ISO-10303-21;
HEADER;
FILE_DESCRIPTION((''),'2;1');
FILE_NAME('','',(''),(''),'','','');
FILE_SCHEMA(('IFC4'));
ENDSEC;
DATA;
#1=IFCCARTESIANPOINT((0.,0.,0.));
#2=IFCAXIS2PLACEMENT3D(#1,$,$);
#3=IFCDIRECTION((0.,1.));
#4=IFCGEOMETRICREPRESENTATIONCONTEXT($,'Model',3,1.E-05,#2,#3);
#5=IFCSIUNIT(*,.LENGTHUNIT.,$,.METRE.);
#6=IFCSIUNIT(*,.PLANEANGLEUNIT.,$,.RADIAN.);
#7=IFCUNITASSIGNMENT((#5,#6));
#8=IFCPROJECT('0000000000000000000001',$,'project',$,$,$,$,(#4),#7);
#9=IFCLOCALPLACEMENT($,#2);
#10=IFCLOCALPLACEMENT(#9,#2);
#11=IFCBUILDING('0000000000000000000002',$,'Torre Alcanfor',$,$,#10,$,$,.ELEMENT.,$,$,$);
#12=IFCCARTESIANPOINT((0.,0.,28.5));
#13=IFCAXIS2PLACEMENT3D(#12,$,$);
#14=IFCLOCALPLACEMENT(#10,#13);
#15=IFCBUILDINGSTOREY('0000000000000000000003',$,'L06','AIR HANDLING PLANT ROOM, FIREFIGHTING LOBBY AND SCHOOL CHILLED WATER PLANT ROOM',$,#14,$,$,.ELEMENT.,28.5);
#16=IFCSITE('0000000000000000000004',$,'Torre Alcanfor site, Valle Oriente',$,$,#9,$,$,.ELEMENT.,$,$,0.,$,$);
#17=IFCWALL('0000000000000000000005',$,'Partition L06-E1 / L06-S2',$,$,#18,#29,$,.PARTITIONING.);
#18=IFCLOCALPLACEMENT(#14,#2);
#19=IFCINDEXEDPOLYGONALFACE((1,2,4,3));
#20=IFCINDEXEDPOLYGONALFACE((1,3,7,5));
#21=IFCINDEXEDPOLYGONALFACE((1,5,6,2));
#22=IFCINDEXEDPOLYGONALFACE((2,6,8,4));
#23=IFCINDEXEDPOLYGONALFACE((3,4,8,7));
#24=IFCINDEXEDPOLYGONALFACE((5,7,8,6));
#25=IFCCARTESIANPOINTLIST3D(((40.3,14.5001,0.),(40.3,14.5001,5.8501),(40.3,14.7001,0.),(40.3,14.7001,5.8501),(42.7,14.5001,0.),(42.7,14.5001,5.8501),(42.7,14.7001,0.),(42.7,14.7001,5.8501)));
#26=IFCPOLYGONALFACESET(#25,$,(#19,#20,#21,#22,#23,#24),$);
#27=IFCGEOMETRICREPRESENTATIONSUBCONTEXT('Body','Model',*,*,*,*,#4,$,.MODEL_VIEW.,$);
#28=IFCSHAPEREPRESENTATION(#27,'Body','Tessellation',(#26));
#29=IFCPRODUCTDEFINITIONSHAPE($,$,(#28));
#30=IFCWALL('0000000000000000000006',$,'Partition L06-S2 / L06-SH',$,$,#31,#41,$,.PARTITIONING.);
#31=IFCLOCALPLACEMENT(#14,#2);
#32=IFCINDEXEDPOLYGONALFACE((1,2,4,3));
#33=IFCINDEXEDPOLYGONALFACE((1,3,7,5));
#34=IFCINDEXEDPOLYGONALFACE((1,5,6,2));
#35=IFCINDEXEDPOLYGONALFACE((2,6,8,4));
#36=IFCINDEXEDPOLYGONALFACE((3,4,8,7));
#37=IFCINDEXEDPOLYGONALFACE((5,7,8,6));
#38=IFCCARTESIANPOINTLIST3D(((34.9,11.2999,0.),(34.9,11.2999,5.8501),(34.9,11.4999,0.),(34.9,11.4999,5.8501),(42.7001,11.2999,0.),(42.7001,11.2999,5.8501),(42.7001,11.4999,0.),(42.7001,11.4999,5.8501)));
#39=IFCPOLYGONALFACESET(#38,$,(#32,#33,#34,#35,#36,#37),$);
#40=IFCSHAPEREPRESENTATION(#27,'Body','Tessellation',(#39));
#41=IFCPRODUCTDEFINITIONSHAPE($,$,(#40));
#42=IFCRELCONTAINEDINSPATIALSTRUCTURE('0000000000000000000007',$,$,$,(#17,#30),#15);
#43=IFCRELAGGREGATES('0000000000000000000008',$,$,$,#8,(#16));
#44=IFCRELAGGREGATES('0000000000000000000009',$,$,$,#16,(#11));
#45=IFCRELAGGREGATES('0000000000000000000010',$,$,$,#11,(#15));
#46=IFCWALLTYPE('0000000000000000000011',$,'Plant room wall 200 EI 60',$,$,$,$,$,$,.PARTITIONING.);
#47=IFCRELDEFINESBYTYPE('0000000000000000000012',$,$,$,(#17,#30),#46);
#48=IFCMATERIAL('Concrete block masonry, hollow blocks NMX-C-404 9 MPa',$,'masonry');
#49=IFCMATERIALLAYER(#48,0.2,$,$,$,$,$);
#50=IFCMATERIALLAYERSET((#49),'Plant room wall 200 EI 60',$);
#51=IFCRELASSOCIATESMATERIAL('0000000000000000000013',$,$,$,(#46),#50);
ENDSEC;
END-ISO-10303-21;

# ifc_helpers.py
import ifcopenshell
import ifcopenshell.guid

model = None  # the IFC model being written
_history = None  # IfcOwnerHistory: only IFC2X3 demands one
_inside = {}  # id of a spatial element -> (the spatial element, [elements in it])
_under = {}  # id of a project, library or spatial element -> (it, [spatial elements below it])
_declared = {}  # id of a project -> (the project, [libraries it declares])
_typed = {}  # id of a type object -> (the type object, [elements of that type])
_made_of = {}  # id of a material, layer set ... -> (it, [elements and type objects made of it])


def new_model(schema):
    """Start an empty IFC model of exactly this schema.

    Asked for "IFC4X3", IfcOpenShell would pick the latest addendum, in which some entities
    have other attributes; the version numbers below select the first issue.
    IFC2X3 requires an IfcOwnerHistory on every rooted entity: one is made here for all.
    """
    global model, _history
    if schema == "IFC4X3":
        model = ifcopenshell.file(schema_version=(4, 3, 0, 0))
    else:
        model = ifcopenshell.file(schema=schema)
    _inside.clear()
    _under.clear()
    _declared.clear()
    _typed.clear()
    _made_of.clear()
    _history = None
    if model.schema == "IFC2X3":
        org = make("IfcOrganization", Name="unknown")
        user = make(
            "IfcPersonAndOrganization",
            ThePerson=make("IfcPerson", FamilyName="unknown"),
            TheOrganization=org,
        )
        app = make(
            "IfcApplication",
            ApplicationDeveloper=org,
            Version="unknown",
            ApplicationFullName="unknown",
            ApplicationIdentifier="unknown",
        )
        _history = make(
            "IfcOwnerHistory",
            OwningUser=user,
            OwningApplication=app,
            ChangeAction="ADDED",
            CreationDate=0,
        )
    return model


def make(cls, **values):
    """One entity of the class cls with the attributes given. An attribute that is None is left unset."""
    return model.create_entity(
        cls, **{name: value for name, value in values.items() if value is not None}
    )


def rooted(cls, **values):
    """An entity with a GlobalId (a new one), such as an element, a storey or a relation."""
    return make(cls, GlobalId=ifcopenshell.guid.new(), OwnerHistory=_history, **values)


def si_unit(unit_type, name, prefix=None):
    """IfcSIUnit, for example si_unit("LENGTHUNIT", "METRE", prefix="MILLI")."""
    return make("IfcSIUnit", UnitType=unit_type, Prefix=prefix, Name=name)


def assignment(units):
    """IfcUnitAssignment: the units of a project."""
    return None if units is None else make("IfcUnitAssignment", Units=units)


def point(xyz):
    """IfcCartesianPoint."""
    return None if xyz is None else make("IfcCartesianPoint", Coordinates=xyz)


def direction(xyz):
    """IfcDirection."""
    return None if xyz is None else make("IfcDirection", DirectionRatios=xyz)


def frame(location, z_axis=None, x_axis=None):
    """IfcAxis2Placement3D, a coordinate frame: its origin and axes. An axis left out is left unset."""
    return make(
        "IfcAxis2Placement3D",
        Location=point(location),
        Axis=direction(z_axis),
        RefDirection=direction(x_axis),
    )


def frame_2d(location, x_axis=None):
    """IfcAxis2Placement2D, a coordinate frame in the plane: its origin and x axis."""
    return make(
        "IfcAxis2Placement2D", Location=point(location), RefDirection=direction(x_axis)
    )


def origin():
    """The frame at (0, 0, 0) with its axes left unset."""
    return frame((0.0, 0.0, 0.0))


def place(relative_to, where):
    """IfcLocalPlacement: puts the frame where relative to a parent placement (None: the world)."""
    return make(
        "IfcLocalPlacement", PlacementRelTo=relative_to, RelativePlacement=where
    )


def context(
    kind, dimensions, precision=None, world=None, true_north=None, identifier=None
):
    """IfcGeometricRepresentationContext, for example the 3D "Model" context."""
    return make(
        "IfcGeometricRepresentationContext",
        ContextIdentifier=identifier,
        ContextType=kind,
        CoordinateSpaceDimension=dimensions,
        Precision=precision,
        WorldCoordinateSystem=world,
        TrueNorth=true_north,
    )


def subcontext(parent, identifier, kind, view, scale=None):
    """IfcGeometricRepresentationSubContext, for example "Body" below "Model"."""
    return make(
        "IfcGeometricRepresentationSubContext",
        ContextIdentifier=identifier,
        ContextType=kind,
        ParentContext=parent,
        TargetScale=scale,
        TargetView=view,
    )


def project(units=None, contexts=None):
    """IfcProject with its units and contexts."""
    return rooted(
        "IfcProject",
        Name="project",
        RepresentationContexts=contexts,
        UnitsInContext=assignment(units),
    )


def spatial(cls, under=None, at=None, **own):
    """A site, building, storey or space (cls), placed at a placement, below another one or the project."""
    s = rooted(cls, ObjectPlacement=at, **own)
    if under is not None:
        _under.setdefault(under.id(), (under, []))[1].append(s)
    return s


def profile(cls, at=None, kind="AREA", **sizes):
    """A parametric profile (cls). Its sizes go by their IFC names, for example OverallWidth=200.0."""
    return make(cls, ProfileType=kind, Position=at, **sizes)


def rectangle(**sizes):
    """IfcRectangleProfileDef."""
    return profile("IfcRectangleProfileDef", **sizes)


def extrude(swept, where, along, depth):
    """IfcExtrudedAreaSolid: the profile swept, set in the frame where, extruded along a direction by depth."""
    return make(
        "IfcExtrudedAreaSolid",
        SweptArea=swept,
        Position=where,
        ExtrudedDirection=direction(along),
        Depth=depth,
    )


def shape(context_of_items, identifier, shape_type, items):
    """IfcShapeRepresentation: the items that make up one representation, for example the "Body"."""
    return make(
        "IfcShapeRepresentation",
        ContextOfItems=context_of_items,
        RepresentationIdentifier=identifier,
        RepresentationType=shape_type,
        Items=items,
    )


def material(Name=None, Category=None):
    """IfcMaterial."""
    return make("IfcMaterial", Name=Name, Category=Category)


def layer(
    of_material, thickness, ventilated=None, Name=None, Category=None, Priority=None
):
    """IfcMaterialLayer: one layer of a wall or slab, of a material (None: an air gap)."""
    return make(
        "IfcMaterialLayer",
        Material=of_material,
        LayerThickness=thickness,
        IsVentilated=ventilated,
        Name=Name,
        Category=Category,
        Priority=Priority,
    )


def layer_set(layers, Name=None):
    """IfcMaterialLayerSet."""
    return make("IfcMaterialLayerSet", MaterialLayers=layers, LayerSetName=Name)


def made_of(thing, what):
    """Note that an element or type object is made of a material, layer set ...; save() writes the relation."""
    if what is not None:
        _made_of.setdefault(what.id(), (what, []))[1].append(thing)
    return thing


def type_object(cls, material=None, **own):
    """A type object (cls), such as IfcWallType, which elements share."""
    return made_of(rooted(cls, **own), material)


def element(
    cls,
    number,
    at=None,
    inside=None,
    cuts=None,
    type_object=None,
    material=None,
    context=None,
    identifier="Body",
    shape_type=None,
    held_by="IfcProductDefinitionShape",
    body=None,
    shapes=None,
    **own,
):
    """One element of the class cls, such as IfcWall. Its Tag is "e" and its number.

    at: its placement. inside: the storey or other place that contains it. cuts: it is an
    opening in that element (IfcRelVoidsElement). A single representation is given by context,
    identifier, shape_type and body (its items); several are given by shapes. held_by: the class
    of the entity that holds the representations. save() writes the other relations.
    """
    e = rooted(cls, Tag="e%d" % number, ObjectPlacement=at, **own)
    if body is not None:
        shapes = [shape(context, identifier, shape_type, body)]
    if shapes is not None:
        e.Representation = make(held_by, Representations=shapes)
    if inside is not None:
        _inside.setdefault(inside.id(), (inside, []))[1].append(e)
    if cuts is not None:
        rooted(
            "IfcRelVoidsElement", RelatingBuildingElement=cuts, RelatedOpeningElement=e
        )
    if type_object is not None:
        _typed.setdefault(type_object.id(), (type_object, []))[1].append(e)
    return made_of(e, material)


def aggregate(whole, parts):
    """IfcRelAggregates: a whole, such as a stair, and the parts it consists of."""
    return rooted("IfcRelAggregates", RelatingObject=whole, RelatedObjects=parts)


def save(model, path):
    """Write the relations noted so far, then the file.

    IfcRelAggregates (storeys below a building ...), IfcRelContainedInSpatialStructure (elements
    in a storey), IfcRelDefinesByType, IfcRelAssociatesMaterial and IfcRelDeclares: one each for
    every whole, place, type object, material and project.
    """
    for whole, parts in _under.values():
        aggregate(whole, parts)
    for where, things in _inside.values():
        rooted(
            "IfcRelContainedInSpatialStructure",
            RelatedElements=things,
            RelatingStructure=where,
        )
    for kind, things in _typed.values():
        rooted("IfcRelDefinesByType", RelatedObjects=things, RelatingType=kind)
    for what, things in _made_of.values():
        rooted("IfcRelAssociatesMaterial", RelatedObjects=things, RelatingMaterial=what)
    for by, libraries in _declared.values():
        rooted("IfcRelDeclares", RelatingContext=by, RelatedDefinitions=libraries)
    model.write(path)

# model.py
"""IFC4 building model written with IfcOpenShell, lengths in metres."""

from ifc_helpers import new_model, si_unit, direction, frame, frame_2d, origin, place, context, subcontext, project, spatial, rectangle, extrude, material, layer, layer_set, type_object, element, save


model = new_model("IFC4")

# Units and contexts
model_context = context("Model", 3, precision=1e-05, world=origin(), true_north=direction((0.0, 1.0)))
body_context = subcontext(model_context, "Body", "Model", "MODEL_VIEW")
ifc_project = project(units=[si_unit("LENGTHUNIT", "METRE"), si_unit("PLANEANGLEUNIT", "RADIAN")], contexts=[model_context])

# Site, building, storey
site_placement = place(None, origin())
site = spatial("IfcSite", under=ifc_project, at=site_placement, Name="Torre Alcanfor site, Valle Oriente", CompositionType="ELEMENT", RefElevation=0.0)
building_placement = place(site_placement, origin())
building = spatial("IfcBuilding", under=site, at=building_placement, Name="Torre Alcanfor", CompositionType="ELEMENT")
storey_placement = place(building_placement, frame((0.0, 0.0, 28.5)))
storey = spatial("IfcBuildingStorey", under=building, at=storey_placement, Name="L06", Description="AIR HANDLING PLANT ROOM, FIREFIGHTING LOBBY AND SCHOOL CHILLED WATER PLANT ROOM", CompositionType="ELEMENT", Elevation=28.5)

# Walls
ifc_material_1 = material(Name="Concrete block masonry, hollow blocks NMX-C-404 9 MPa", Category="masonry")
ifc_layer_1 = layer(ifc_material_1, 0.2)
ifc_layer_set_1 = layer_set([ifc_layer_1], Name="Plant room wall 200 EI 60")
wall_type_1 = type_object("IfcWallType", Name="Plant room wall 200 EI 60", PredefinedType="PARTITIONING", material=ifc_layer_set_1)
wall_1_placement = place(storey_placement, frame((42.7, 14.6001, 0.0), z_axis=(0.0, 0.0, 1.0), x_axis=(-1.0, 0.0, 0.0)))
element("IfcWall", 1, at=wall_1_placement, inside=storey, type_object=wall_type_1, Name="Partition L06-E1 / L06-S2", PredefinedType="PARTITIONING", context=body_context, shape_type="SweptSolid", body=[
    extrude(rectangle(XDim=2.3999, YDim=0.2, at=frame_2d((1.2, 0.0))), origin(), (0.0, 0.0, 1.0), 5.8501),
])
wall_2_placement = place(storey_placement, frame((42.7, 11.3999, 0.0), z_axis=(0.0, 0.0, 1.0), x_axis=(-1.0, 0.0, 0.0)))
element("IfcWall", 2, at=wall_2_placement, inside=storey, type_object=wall_type_1, Name="Partition L06-S2 / L06-SH", PredefinedType="PARTITIONING", context=body_context, shape_type="SweptSolid", body=[
    extrude(rectangle(XDim=7.8, YDim=0.2, at=frame_2d((3.8999, 0.0))), origin(), (0.0, 0.0, 1.0), 5.8501),
])

save(model, "model.ifc")
